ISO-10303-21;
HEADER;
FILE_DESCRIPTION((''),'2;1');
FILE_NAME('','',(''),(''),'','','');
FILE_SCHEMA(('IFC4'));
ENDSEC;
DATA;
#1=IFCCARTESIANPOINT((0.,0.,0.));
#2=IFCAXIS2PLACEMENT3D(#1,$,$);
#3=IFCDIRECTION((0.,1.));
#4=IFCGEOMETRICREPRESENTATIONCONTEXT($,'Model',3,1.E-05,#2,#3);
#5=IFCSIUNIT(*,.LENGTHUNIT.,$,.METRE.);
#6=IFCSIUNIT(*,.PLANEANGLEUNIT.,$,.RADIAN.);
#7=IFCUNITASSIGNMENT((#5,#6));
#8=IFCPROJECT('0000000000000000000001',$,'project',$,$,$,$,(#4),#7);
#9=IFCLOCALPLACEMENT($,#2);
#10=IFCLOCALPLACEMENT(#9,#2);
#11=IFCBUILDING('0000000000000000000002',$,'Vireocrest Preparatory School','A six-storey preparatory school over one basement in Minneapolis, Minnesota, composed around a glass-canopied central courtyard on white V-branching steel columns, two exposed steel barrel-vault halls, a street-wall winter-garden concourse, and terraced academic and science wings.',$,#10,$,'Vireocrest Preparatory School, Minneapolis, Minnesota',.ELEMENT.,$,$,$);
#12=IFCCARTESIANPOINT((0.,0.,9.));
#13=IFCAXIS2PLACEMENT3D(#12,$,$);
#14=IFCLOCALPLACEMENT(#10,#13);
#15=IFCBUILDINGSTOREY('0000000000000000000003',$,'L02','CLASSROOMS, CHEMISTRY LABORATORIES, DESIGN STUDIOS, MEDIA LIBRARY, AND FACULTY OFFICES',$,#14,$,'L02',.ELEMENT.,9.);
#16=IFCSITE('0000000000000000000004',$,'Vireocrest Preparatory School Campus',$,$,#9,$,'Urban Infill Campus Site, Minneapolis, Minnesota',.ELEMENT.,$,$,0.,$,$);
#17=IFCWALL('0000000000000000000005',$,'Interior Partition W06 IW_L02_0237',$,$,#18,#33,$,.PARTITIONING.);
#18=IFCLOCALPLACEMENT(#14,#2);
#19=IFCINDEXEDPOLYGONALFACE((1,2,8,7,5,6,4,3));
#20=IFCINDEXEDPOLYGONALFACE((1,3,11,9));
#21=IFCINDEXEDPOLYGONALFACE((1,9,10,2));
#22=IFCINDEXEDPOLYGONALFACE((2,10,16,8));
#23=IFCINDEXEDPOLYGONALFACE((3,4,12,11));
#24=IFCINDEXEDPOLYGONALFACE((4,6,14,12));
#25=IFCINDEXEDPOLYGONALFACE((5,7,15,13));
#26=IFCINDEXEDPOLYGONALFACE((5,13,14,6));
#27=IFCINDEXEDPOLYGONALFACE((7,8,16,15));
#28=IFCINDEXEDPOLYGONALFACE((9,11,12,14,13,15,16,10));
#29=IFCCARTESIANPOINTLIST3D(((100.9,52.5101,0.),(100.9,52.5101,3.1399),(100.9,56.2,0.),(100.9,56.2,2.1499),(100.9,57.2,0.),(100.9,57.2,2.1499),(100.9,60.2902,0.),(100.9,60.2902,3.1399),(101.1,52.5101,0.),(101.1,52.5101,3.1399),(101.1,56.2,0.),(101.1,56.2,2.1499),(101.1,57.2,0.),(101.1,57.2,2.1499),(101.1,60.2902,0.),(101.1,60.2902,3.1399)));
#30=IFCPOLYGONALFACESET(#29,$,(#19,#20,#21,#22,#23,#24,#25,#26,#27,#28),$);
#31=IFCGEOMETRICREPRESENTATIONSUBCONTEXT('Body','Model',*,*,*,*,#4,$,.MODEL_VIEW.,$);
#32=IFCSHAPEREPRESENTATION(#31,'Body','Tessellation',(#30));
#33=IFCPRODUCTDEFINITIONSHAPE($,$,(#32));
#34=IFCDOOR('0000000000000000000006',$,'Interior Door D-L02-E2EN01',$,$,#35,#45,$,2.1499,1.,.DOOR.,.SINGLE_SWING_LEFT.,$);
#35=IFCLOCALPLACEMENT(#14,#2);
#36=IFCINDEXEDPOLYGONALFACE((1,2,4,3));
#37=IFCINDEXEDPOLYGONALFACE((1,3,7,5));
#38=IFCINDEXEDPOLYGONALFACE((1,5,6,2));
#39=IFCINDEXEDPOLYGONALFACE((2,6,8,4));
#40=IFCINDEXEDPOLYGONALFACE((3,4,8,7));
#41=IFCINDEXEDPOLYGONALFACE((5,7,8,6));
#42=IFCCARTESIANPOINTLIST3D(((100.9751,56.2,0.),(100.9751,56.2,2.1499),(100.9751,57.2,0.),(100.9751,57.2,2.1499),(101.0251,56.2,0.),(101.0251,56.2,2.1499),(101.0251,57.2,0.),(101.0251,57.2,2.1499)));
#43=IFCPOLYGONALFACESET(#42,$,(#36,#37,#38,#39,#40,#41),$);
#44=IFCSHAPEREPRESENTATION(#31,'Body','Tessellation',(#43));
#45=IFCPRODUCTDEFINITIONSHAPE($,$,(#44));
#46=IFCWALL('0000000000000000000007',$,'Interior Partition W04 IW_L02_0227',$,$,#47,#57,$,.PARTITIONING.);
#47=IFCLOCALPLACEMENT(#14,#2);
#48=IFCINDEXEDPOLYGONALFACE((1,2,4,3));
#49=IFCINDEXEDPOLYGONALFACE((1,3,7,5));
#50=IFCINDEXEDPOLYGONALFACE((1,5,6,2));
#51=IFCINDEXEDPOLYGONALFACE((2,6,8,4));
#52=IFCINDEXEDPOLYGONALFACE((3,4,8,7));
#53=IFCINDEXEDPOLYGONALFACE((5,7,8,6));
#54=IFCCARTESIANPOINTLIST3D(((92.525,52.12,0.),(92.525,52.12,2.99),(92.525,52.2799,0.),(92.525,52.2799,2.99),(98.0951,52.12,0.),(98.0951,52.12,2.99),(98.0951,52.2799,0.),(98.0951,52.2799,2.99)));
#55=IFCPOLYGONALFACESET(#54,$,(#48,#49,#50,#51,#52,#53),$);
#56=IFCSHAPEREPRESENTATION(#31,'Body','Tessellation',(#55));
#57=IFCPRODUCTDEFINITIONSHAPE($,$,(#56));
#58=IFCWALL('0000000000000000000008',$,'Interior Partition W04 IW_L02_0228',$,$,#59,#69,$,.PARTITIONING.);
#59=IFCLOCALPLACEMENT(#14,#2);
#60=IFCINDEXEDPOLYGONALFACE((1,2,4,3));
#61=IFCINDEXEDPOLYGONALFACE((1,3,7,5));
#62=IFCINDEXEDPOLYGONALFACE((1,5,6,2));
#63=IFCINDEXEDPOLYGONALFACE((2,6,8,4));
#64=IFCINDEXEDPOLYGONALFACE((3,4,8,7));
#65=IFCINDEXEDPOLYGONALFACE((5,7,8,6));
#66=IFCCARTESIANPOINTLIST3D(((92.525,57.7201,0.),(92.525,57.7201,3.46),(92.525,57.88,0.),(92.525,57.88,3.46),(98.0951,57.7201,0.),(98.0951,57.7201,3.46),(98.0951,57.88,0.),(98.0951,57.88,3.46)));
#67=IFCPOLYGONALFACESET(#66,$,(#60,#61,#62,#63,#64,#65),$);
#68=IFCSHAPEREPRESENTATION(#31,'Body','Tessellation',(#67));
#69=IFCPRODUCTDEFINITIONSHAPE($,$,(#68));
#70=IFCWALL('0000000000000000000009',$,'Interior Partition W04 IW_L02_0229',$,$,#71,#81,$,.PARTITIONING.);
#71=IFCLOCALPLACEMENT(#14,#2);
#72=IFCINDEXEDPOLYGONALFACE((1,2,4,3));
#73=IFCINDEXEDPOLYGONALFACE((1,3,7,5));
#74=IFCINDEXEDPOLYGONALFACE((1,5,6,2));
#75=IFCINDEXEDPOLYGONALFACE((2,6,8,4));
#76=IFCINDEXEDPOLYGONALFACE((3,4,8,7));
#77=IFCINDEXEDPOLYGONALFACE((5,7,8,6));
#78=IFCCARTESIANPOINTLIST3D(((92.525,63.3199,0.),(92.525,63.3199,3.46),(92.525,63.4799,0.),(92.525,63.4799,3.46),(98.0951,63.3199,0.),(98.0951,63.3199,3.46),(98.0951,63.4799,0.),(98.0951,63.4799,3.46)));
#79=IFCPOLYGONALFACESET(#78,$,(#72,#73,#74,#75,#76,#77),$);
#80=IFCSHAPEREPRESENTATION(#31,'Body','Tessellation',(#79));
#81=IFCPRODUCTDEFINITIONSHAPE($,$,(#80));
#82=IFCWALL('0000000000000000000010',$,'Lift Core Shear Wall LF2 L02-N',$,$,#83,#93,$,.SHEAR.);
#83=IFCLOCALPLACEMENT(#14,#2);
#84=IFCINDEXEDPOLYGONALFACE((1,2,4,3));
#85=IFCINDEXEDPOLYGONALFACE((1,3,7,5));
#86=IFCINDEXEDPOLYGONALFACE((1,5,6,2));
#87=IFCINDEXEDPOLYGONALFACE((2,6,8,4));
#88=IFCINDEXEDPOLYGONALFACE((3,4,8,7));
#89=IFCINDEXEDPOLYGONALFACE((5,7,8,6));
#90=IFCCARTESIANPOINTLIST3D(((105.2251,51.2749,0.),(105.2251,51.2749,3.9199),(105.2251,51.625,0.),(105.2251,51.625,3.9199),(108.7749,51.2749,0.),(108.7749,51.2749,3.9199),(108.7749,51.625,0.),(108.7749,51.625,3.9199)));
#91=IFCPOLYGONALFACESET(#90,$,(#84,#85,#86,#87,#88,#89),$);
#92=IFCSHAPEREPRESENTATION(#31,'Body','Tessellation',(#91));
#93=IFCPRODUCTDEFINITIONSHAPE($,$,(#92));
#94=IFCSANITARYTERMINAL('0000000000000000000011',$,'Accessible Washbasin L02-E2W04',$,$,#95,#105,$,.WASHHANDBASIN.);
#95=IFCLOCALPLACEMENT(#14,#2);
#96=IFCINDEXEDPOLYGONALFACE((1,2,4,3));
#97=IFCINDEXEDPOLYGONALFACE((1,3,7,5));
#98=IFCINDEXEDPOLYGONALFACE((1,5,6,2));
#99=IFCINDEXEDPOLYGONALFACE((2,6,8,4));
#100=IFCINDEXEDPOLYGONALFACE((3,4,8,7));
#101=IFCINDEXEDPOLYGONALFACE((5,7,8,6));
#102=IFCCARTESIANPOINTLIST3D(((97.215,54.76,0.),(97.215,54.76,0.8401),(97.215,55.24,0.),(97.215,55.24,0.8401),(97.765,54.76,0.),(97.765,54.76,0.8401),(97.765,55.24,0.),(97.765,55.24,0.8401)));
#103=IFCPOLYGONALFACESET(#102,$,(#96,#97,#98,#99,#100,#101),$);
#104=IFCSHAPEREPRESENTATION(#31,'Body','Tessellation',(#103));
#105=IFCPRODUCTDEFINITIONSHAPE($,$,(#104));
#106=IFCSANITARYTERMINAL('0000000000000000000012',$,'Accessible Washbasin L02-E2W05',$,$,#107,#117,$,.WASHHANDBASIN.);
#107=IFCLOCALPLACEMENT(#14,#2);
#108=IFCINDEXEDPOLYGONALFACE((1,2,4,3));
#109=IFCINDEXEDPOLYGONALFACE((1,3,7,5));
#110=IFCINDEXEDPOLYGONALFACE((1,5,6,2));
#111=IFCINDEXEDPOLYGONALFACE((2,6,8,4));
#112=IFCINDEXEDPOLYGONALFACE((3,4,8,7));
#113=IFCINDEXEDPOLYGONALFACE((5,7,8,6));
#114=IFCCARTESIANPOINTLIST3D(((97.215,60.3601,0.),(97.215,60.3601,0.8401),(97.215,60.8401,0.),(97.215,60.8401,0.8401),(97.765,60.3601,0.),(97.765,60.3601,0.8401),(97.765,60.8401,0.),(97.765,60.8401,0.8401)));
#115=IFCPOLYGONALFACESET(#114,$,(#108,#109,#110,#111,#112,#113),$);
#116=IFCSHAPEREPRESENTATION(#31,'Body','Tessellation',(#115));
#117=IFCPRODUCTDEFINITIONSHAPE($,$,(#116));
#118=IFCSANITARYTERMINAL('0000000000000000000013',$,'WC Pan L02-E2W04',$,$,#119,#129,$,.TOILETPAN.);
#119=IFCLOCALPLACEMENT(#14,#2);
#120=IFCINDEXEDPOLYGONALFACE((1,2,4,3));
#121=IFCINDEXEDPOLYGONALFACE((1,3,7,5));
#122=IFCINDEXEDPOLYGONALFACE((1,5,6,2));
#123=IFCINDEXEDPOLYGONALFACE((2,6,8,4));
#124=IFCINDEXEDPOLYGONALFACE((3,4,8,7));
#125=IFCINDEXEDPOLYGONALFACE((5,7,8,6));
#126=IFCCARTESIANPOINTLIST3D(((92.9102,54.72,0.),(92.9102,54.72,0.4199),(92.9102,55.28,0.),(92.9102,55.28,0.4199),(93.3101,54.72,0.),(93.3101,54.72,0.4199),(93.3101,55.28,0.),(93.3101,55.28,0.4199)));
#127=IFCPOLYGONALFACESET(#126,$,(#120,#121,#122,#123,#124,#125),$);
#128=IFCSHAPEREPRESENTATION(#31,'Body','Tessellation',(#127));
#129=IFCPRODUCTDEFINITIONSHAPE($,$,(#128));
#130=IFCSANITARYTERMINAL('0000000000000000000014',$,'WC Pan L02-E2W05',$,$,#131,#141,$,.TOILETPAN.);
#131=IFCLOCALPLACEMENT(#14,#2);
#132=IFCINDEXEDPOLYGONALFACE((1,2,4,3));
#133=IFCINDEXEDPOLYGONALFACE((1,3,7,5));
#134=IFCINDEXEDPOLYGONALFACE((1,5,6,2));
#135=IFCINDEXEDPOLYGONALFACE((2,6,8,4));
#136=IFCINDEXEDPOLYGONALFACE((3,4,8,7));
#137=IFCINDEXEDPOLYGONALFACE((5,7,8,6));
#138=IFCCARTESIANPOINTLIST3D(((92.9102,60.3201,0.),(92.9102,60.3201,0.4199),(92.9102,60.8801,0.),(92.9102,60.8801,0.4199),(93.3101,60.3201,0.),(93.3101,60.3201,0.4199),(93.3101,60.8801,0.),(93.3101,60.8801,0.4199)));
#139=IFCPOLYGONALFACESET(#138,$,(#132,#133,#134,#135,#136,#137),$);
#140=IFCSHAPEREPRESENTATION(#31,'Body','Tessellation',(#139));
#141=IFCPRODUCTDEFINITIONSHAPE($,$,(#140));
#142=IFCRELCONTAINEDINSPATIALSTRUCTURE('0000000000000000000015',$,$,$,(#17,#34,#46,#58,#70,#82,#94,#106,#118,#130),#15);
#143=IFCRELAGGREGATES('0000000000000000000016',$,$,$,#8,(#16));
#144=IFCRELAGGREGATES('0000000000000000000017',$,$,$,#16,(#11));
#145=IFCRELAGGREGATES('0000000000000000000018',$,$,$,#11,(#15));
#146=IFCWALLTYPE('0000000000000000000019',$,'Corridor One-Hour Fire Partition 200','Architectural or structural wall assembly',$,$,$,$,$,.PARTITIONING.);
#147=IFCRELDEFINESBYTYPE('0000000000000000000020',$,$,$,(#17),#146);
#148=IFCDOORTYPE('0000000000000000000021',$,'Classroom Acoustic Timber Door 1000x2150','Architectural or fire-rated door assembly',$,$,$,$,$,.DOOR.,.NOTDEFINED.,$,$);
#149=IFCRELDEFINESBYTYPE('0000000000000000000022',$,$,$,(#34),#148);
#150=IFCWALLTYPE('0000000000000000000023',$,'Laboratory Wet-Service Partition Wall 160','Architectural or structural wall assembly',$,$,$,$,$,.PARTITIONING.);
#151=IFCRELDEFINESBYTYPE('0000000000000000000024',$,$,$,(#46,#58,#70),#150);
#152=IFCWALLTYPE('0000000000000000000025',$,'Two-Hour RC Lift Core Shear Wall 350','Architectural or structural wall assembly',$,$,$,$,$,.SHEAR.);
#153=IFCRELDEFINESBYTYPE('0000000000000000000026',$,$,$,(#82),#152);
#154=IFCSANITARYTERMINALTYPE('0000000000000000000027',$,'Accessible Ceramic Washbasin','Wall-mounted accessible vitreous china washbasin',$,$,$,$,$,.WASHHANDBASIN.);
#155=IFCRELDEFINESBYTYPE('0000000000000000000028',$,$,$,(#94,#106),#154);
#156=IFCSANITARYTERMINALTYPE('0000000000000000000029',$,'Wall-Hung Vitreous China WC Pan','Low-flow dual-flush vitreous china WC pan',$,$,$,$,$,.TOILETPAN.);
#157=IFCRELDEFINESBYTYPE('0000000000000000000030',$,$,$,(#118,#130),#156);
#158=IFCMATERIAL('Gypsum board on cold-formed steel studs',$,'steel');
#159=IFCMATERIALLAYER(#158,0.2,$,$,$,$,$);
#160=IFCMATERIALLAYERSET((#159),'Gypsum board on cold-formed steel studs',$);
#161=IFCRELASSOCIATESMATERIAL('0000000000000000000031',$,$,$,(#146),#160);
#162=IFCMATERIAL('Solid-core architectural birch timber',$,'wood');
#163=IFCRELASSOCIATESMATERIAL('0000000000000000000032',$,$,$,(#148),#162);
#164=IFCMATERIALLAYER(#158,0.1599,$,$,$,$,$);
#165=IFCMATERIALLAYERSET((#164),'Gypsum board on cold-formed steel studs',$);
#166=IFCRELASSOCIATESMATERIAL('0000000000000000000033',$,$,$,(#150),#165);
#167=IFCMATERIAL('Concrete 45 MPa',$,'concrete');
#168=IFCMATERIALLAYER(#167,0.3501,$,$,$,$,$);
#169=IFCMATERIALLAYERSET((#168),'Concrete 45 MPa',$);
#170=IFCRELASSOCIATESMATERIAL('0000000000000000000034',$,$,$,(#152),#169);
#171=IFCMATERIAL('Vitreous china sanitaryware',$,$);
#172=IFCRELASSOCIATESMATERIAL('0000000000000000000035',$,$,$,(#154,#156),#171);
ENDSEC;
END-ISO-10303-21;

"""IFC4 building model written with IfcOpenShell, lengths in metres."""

from ifc_helpers import new_model, si_unit, direction, frame, frame_2d, origin, origin_2d, place, context, subcontext, project, spatial, rectangle, extrude, material, layer, layer_set, type_object, element, fill, save


model = new_model("IFC4")

# Units and contexts
model_context = context("Model", 3, precision=1e-05, world=origin(), true_north=direction((0.0, 1.0)))
body_context = subcontext(model_context, "Body", "Model", "MODEL_VIEW")
ifc_project = project(units=[si_unit("LENGTHUNIT", "METRE"), si_unit("PLANEANGLEUNIT", "RADIAN")], contexts=[model_context])

# Site, building, storey
site_placement = place(None, origin())
site = spatial("IfcSite", under=ifc_project, at=site_placement, Name="Vireocrest Preparatory School Campus", LongName="Urban Infill Campus Site, Minneapolis, Minnesota", CompositionType="ELEMENT", RefElevation=0.0)
building_placement = place(site_placement, origin())
building = spatial("IfcBuilding", under=site, at=building_placement, Name="Vireocrest Preparatory School", Description="A six-storey preparatory school over one basement in Minneapolis, Minnesota, composed around a glass-canopied central courtyard on white V-branching steel columns, two exposed steel barrel-vault halls, a street-wall winter-garden concourse, and terraced academic and science wings.", LongName="Vireocrest Preparatory School, Minneapolis, Minnesota", CompositionType="ELEMENT")
storey_placement = place(building_placement, frame((0.0, 0.0, 9.0)))
storey = spatial("IfcBuildingStorey", under=building, at=storey_placement, Name="L02", Description="CLASSROOMS, CHEMISTRY LABORATORIES, DESIGN STUDIOS, MEDIA LIBRARY, AND FACULTY OFFICES", LongName="L02", CompositionType="ELEMENT", Elevation=9.0)

# Shared definitions
ifc_material_1 = material(Name="Concrete 45 MPa", Category="concrete")

# Wall, opening, door
ifc_material_2 = material(Name="Gypsum board on cold-formed steel studs", Category="steel")
ifc_layer_1 = layer(ifc_material_2, 0.2)
ifc_layer_set_1 = layer_set([ifc_layer_1], Name="Gypsum board on cold-formed steel studs")
wall_type_1 = type_object("IfcWallType", Name="Corridor One-Hour Fire Partition 200", Description="Architectural or structural wall assembly", PredefinedType="PARTITIONING", material=ifc_layer_set_1)
wall_1_placement = place(storey_placement, frame((101.0, 52.51, 0.0), z_axis=(0.0, 0.0, 1.0), x_axis=(0.0, 1.0, 0.0)))
wall_1 = element("IfcWall", 1, at=wall_1_placement, inside=storey, type_object=wall_type_1, Name="Interior Partition W06 IW_L02_0237", PredefinedType="PARTITIONING", context=body_context, shape_type="SweptSolid", body=[
    extrude(rectangle(XDim=7.78, YDim=0.2, at=frame_2d((3.8901, 0.0))), origin(), (0.0, 0.0, 1.0), 3.1399),
])
opening_placement = place(wall_1_placement, frame((3.6899, 0.0, 0.0)))
opening = element("IfcOpeningElement", 2, at=opening_placement, cuts=wall_1, PredefinedType="OPENING", context=body_context, shape_type="SweptSolid", body=[
    extrude(rectangle(XDim=1.0, YDim=2.1499, at=frame_2d((0.5, 1.075))), frame((0.0, 0.1099, 0.0), z_axis=(0.0, -1.0, 0.0), x_axis=(1.0, 0.0, 0.0)), (0.0, 0.0, 1.0), 0.22),
])
ifc_material_3 = material(Name="Solid-core architectural birch timber", Category="wood")
door_type = type_object("IfcDoorType", Name="Classroom Acoustic Timber Door 1000x2150", Description="Architectural or fire-rated door assembly", OperationType="NOTDEFINED", PredefinedType="DOOR", material=ifc_material_3)
door_placement = place(opening_placement, origin())
door = element("IfcDoor", 3, at=door_placement, inside=storey, type_object=door_type, Name="Interior Door D-L02-E2EN01", OperationType="SINGLE_SWING_LEFT", OverallHeight=2.1499, OverallWidth=1.0, PredefinedType="DOOR", context=body_context, shape_type="SweptSolid", body=[
    extrude(rectangle(XDim=1.0, YDim=2.1499, at=frame_2d((0.5, 1.075))), frame((0.0, 0.0249, 0.0), z_axis=(0.0, -1.0, 0.0), x_axis=(1.0, 0.0, 0.0)), (0.0, 0.0, 1.0), 0.05),
])
fill(opening, door)

# Walls
ifc_layer_2 = layer(ifc_material_2, 0.1599)
ifc_layer_set_2 = layer_set([ifc_layer_2], Name="Gypsum board on cold-formed steel studs")
wall_type_2 = type_object("IfcWallType", Name="Laboratory Wet-Service Partition Wall 160", Description="Architectural or structural wall assembly", PredefinedType="PARTITIONING", material=ifc_layer_set_2)
wall_2_placement = place(storey_placement, frame((92.5249, 52.2, 0.0), z_axis=(0.0, 0.0, 1.0), x_axis=(1.0, 0.0, 0.0)))
element("IfcWall", 4, at=wall_2_placement, inside=storey, type_object=wall_type_2, Name="Interior Partition W04 IW_L02_0227", PredefinedType="PARTITIONING", context=body_context, shape_type="SweptSolid", body=[
    extrude(rectangle(XDim=5.5701, YDim=0.1599, at=frame_2d((2.7852, 0.0))), origin(), (0.0, 0.0, 1.0), 2.99),
])
for number, where, z_axis, x_axis, name in (
    (5, (92.5249, 57.8, 0.0), (0.0, 0.0, 1.0), (1.0, 0.0, 0.0), "Interior Partition W04 IW_L02_0228"),
    (6, (92.5249, 63.3999, 0.0), (0.0, 0.0, 1.0), (1.0, 0.0, 0.0), "Interior Partition W04 IW_L02_0229"),
):
    element("IfcWall", number, at=place(storey_placement, frame(where, z_axis=z_axis, x_axis=x_axis)), inside=storey, type_object=wall_type_2, Name=name, PredefinedType="PARTITIONING", context=body_context, shape_type="SweptSolid", body=[
        extrude(rectangle(XDim=5.5701, YDim=0.1599, at=frame_2d((2.7852, 0.0))), origin(), (0.0, 0.0, 1.0), 3.46),
    ])
ifc_layer_3 = layer(ifc_material_1, 0.3501)
ifc_layer_set_3 = layer_set([ifc_layer_3], Name="Concrete 45 MPa")
wall_type_3 = type_object("IfcWallType", Name="Two-Hour RC Lift Core Shear Wall 350", Description="Architectural or structural wall assembly", PredefinedType="SHEAR", material=ifc_layer_set_3)
wall_3_placement = place(storey_placement, frame((105.2251, 51.45, 0.0), z_axis=(0.0, 0.0, 1.0), x_axis=(1.0, 0.0, 0.0)))
element("IfcWall", 7, at=wall_3_placement, inside=storey, type_object=wall_type_3, Name="Lift Core Shear Wall LF2 L02-N", PredefinedType="SHEAR", context=body_context, shape_type="SweptSolid", body=[
    extrude(rectangle(XDim=3.5498, YDim=0.3501, at=frame_2d((1.7749, 0.0))), origin(), (0.0, 0.0, 1.0), 3.9199),
])

# Sanitary terminals
ifc_material_4 = material(Name="Vitreous china sanitaryware")
sanitary_terminal_type_1 = type_object("IfcSanitaryTerminalType", Name="Accessible Ceramic Washbasin", Description="Wall-mounted accessible vitreous china washbasin", PredefinedType="WASHHANDBASIN", material=ifc_material_4)
for number, where, z_axis, x_axis, name in (
    (8, (97.49, 55.0, 0.0), (0.0, 0.0, 1.0), (1.0, 0.0, 0.0), "Accessible Washbasin L02-E2W04"),
    (9, (97.49, 60.6001, 0.0), (0.0, 0.0, 1.0), (1.0, 0.0, 0.0), "Accessible Washbasin L02-E2W05"),
):
    element("IfcSanitaryTerminal", number, at=place(storey_placement, frame(where, z_axis=z_axis, x_axis=x_axis)), inside=storey, type_object=sanitary_terminal_type_1, Name=name, PredefinedType="WASHHANDBASIN", context=body_context, shape_type="SweptSolid", body=[
        extrude(rectangle(XDim=0.55, YDim=0.48, at=origin_2d()), origin(), (0.0, 0.0, 1.0), 0.8401),
    ])
sanitary_terminal_type_2 = type_object("IfcSanitaryTerminalType", Name="Wall-Hung Vitreous China WC Pan", Description="Low-flow dual-flush vitreous china WC pan", PredefinedType="TOILETPAN", material=ifc_material_4)
for number, where, z_axis, x_axis, name in (
    (10, (93.1101, 55.0, 0.0), (0.0, 0.0, 1.0), (1.0, 0.0, 0.0), "WC Pan L02-E2W04"),
    (11, (93.1101, 60.6001, 0.0), (0.0, 0.0, 1.0), (1.0, 0.0, 0.0), "WC Pan L02-E2W05"),
):
    element("IfcSanitaryTerminal", number, at=place(storey_placement, frame(where, z_axis=z_axis, x_axis=x_axis)), inside=storey, type_object=sanitary_terminal_type_2, Name=name, PredefinedType="TOILETPAN", context=body_context, shape_type="SweptSolid", body=[
        extrude(rectangle(XDim=0.3999, YDim=0.5601, at=origin_2d()), origin(), (0.0, 0.0, 1.0), 0.4199),
    ])

save(model, "model.ifc")
